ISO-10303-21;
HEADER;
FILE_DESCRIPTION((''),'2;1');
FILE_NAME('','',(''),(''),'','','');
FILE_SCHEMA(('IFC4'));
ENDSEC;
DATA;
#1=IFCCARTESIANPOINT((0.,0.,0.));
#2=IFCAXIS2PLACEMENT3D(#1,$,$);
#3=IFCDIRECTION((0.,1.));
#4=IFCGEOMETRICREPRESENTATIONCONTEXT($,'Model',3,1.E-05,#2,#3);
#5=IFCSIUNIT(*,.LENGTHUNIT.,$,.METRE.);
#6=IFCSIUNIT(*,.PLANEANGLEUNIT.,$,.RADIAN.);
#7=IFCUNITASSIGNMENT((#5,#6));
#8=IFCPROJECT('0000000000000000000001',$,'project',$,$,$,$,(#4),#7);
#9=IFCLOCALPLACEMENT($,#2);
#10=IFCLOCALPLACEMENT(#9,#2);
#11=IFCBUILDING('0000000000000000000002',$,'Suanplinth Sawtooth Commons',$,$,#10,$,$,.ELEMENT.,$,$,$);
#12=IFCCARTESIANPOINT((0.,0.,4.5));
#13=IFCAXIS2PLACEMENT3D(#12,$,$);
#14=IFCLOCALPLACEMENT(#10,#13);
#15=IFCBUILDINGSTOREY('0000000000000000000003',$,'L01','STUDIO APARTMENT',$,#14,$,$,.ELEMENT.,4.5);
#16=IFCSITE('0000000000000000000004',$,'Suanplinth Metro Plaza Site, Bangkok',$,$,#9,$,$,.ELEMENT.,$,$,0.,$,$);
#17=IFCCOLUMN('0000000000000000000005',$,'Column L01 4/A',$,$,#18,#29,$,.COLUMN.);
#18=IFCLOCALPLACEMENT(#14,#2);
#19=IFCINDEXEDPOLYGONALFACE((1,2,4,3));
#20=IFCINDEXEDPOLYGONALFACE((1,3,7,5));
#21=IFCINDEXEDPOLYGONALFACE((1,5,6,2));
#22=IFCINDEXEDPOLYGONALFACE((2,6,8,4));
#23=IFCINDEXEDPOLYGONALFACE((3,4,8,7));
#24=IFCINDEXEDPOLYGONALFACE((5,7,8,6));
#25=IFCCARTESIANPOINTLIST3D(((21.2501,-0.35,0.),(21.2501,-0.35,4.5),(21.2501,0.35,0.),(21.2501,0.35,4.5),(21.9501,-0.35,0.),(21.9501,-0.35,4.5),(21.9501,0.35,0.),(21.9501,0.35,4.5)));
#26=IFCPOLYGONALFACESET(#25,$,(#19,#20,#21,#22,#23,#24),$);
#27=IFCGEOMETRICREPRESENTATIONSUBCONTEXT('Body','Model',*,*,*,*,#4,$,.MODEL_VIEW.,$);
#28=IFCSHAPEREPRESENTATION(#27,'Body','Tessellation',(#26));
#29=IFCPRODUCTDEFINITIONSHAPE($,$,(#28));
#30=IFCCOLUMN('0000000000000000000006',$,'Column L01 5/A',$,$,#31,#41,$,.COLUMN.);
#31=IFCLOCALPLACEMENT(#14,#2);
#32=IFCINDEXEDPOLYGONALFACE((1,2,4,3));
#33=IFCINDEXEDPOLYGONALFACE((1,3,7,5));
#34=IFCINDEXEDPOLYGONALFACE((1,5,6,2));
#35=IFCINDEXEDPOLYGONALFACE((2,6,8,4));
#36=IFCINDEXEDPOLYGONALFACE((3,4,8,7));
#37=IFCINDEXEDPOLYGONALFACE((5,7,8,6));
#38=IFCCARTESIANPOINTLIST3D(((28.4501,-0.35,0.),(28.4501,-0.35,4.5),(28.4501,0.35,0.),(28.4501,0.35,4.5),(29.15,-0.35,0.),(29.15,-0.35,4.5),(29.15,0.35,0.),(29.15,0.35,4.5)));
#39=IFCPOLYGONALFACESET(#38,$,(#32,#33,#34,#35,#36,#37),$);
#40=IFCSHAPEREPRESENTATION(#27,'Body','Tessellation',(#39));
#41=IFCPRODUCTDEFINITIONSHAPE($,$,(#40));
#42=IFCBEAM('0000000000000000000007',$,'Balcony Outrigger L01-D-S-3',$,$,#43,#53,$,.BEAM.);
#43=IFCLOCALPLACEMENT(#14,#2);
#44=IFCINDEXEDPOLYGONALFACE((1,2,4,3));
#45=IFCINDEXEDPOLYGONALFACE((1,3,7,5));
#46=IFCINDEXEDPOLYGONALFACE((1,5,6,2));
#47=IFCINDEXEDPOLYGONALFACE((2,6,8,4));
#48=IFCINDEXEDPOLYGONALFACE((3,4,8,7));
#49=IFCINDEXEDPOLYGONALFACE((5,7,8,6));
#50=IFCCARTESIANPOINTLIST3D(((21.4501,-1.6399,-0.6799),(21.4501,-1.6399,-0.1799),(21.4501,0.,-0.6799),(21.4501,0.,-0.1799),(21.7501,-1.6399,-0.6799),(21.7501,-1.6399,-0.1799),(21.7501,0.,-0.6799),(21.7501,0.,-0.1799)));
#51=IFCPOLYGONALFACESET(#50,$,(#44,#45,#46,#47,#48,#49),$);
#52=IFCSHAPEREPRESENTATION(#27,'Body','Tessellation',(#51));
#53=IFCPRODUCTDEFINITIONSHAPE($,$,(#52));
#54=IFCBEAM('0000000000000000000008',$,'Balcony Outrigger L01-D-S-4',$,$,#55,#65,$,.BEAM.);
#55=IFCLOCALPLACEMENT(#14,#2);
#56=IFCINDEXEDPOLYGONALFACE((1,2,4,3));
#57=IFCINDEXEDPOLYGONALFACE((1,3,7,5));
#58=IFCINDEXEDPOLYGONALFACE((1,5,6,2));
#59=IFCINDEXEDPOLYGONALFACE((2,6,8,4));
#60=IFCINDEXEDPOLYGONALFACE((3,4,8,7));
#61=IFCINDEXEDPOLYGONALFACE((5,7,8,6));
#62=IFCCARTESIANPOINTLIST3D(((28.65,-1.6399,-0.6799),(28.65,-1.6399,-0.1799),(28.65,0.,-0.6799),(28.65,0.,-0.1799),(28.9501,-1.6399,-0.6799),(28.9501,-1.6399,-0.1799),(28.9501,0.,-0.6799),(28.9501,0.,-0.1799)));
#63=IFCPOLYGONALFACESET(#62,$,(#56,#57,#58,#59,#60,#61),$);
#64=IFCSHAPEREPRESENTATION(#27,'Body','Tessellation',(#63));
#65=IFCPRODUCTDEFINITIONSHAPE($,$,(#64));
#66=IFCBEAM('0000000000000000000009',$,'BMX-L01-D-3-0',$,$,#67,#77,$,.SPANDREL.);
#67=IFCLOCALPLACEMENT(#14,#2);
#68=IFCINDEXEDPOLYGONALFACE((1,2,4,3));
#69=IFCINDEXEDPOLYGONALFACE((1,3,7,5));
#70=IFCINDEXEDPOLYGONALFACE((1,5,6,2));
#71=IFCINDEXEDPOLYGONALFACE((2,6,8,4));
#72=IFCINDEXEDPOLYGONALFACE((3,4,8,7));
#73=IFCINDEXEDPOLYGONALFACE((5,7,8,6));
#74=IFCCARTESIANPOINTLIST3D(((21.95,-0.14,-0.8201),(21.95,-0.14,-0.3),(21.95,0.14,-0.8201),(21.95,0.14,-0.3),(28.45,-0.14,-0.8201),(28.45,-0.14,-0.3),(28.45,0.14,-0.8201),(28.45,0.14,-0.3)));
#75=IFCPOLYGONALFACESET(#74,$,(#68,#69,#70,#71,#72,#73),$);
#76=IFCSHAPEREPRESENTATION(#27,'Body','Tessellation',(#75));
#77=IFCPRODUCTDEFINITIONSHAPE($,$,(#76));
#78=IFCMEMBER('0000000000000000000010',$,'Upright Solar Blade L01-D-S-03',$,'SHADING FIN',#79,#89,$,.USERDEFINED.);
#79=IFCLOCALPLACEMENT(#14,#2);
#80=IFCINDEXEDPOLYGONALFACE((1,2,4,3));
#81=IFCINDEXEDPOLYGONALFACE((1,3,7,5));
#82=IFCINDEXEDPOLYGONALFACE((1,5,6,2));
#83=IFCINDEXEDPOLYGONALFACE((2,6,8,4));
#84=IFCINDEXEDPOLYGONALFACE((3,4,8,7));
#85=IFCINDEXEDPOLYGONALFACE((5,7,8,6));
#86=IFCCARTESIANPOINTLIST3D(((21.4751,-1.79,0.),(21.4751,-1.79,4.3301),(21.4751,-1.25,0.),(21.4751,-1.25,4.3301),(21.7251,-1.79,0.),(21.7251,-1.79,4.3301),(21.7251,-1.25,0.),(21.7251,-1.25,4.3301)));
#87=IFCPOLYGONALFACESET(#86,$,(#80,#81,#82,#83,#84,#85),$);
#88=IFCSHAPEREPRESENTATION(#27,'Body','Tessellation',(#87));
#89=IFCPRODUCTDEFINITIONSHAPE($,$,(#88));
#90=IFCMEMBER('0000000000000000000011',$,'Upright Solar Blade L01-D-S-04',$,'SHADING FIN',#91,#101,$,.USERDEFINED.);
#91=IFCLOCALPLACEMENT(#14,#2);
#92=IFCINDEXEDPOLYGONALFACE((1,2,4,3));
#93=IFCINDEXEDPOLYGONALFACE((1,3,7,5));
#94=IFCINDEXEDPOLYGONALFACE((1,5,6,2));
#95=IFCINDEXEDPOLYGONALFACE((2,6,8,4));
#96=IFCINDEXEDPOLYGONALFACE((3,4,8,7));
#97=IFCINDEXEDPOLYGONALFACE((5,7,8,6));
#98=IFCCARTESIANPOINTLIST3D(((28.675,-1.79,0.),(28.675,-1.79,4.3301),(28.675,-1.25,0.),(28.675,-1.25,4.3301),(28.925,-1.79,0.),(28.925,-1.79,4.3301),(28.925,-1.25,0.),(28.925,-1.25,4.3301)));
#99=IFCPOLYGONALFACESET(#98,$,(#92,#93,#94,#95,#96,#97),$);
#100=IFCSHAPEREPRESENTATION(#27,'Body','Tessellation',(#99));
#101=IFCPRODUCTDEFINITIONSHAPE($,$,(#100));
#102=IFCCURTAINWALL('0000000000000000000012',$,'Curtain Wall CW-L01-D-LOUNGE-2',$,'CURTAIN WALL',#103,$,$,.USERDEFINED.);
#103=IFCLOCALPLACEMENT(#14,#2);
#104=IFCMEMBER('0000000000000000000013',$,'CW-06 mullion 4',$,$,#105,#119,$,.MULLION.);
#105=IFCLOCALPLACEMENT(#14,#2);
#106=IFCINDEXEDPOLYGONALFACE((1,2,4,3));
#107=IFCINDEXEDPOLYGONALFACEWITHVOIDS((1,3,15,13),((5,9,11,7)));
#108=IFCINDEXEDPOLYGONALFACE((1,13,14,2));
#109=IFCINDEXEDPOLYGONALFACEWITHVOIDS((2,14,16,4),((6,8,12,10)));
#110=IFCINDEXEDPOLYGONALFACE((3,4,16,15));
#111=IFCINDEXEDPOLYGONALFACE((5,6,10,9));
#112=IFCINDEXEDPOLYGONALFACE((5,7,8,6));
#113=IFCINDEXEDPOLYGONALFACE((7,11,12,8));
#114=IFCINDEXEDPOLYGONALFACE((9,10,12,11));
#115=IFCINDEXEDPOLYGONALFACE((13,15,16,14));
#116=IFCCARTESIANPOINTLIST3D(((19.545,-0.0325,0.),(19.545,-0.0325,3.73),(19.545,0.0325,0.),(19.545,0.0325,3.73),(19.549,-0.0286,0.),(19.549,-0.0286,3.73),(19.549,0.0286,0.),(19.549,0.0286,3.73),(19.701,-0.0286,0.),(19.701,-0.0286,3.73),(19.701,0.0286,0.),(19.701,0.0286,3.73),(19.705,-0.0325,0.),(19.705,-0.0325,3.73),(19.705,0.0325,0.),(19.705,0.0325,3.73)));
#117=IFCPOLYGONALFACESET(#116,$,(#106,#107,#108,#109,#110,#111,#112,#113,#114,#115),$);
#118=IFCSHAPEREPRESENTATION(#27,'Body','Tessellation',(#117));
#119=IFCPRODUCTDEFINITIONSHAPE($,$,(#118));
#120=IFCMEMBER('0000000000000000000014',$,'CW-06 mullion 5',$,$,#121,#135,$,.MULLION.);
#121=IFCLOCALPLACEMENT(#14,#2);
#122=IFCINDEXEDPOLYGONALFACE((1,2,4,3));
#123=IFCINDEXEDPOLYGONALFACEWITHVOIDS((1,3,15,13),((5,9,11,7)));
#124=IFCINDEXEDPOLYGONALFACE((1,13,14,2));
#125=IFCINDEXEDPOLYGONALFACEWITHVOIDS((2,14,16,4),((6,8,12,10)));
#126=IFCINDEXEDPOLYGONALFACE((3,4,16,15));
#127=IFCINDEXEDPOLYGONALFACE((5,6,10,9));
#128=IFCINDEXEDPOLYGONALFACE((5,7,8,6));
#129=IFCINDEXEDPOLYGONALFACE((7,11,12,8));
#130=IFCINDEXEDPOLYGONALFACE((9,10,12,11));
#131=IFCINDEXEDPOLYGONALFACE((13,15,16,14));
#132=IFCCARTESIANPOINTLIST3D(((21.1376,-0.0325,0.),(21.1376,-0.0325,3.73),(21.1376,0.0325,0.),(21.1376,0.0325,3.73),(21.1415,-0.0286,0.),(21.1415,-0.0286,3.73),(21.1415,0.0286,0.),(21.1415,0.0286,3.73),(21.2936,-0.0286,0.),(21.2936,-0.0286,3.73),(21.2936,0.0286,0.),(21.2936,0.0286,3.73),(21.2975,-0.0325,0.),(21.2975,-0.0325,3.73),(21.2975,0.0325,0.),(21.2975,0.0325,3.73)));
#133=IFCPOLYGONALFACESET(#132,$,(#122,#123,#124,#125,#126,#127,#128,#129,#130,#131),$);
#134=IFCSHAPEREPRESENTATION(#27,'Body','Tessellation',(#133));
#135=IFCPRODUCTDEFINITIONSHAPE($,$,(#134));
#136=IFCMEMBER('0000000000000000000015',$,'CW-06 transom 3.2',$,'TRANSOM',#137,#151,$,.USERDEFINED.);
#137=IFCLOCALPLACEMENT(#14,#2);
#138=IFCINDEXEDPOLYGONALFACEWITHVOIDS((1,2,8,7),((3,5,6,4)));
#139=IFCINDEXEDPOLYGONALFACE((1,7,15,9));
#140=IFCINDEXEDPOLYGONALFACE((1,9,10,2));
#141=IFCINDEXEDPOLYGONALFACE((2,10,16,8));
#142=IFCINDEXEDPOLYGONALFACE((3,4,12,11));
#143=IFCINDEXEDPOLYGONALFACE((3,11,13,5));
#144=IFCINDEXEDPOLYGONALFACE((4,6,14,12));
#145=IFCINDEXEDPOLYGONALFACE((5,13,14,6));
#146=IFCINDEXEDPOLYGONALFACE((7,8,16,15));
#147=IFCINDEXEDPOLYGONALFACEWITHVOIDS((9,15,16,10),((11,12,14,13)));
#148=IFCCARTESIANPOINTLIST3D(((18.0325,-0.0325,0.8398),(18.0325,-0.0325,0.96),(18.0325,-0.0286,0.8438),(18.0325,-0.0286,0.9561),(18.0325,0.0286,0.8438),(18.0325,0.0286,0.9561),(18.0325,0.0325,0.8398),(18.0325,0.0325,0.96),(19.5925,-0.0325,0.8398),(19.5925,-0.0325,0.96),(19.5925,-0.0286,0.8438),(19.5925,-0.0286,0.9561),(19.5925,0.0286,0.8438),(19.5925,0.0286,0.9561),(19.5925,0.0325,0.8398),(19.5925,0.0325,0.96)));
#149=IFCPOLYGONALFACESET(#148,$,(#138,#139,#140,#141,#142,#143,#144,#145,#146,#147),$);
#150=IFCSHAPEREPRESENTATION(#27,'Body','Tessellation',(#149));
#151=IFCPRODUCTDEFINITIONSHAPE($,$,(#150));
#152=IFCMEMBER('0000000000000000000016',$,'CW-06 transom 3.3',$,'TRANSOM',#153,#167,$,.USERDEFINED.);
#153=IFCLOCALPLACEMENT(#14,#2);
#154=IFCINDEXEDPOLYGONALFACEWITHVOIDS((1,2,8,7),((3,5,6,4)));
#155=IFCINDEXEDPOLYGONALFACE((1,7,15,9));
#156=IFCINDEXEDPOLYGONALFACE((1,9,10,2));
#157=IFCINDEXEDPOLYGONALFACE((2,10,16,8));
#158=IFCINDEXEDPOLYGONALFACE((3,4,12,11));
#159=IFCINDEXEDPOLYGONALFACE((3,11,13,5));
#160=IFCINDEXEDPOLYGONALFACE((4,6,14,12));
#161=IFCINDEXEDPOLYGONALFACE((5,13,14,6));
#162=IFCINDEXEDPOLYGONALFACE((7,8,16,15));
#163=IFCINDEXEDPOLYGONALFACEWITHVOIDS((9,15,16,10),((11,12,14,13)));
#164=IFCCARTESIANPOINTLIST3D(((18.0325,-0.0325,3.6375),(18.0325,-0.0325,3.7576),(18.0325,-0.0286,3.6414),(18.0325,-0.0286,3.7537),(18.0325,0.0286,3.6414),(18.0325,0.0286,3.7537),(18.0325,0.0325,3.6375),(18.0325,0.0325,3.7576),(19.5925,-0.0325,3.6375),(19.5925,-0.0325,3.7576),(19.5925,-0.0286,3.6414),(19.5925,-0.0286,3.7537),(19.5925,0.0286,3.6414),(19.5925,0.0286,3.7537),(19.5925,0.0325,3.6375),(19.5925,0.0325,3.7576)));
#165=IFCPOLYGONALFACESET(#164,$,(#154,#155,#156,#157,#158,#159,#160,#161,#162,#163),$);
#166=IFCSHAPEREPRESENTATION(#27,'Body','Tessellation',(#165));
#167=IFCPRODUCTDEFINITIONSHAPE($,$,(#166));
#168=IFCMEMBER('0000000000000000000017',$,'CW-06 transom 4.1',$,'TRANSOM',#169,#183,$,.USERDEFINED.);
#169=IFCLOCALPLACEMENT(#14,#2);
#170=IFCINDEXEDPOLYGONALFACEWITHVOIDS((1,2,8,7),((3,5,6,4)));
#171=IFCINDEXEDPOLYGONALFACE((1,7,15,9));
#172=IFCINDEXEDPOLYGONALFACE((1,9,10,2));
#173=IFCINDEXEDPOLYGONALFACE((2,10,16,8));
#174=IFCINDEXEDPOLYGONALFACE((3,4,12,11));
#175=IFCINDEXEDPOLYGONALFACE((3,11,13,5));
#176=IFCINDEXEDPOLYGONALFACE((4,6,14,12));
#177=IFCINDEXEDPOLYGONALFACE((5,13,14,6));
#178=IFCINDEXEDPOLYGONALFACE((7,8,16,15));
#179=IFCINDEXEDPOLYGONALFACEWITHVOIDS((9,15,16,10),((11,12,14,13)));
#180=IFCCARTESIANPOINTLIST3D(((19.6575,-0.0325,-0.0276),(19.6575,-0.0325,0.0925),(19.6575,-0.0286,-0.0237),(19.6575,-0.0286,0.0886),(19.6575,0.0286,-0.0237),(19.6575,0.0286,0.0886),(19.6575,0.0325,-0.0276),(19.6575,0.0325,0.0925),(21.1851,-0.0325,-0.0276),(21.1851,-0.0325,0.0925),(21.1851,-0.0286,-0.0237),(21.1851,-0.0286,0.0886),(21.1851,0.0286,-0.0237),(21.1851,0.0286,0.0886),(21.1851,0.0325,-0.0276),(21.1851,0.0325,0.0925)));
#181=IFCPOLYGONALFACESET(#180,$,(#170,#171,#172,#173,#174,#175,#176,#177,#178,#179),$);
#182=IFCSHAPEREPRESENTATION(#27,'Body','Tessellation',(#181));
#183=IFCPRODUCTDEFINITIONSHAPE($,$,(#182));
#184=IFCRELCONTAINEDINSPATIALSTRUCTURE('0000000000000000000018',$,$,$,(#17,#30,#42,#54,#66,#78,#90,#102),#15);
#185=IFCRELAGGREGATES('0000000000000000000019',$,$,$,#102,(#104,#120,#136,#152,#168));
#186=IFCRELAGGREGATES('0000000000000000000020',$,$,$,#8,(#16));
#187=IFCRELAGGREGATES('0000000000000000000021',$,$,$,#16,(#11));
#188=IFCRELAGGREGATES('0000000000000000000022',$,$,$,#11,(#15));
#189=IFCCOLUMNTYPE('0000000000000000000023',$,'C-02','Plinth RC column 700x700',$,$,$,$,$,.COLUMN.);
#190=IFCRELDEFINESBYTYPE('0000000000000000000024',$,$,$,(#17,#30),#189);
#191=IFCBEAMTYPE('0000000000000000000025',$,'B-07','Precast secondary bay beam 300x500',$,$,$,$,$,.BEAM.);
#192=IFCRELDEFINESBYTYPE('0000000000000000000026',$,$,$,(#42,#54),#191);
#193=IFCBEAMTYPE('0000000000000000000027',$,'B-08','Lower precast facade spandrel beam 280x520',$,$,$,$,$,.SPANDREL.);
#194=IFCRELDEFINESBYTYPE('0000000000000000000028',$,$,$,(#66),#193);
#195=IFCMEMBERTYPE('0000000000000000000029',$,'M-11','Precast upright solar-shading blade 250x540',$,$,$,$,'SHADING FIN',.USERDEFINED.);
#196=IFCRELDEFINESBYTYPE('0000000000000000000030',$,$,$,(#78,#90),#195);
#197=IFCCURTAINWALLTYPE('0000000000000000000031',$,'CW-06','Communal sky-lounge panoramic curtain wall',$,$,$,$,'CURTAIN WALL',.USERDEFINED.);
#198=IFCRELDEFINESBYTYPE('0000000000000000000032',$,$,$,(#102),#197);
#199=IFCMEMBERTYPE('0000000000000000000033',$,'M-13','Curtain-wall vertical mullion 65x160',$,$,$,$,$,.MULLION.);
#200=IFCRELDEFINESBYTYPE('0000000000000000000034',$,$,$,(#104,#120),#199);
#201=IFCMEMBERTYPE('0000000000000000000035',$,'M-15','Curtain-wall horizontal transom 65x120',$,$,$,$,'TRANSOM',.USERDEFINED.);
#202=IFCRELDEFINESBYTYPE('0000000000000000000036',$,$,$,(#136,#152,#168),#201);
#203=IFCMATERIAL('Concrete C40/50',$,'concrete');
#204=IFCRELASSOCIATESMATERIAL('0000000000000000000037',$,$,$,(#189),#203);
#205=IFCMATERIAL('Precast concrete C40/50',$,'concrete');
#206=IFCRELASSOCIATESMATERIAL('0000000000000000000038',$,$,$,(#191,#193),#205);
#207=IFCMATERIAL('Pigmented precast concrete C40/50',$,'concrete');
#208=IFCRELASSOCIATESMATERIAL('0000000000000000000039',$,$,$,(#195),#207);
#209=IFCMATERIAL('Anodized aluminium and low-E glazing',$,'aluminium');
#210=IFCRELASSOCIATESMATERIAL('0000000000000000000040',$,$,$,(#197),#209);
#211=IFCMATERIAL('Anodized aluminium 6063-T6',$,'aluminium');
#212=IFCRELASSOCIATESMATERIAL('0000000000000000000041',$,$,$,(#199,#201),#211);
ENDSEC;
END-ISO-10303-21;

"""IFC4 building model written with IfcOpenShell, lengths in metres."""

from ifc_helpers import new_model, si_unit, direction, frame, origin, origin_2d, place, context, subcontext, project, spatial, rectangle, hollow_rectangle, extrude, material, material_profile, profile_set, type_object, element, aggregate, save


model = new_model("IFC4")

# Units and contexts
model_context = context("Model", 3, precision=1e-05, world=origin(), true_north=direction((0.0, 1.0)))
body_context = subcontext(model_context, "Body", "Model", "MODEL_VIEW")
ifc_project = project(units=[si_unit("LENGTHUNIT", "METRE"), si_unit("PLANEANGLEUNIT", "RADIAN")], contexts=[model_context])

# Site, building, storey
site_placement = place(None, origin())
site = spatial("IfcSite", under=ifc_project, at=site_placement, Name="Suanplinth Metro Plaza Site, Bangkok", CompositionType="ELEMENT", RefElevation=0.0)
building_placement = place(site_placement, origin())
building = spatial("IfcBuilding", under=site, at=building_placement, Name="Suanplinth Sawtooth Commons", CompositionType="ELEMENT")
storey_placement = place(building_placement, frame((0.0, 0.0, 4.5)))
storey = spatial("IfcBuildingStorey", under=building, at=storey_placement, Name="L01", Description="STUDIO APARTMENT", CompositionType="ELEMENT", Elevation=4.5)

# Columns
ifc_material_1 = material(Name="Concrete C40/50", Category="concrete")
ifc_material_profile_1 = material_profile(ifc_material_1, rectangle(XDim=0.7, YDim=0.7, at=origin_2d()), Name="RC-COL 700x700")
ifc_profile_set_1 = profile_set([ifc_material_profile_1], Name="Concrete C40/50")
column_type = type_object("IfcColumnType", Name="C-02", Description="Plinth RC column 700x700", PredefinedType="COLUMN", material=ifc_profile_set_1)
for number, where, z_axis, x_axis, name in (
    (1, (21.6001, 0.0, 0.0), (0.0, 0.0, 1.0), (1.0, 0.0, 0.0), "Column L01 4/A"),
    (2, (28.8, 0.0, 0.0), (0.0, 0.0, 1.0), (1.0, 0.0, 0.0), "Column L01 5/A"),
):
    element("IfcColumn", number, at=place(storey_placement, frame(where, z_axis=z_axis, x_axis=x_axis)), inside=storey, type_object=column_type, Name=name, PredefinedType="COLUMN", context=body_context, shape_type="SweptSolid", body=[
        extrude(rectangle(XDim=0.7, YDim=0.7, at=origin_2d()), origin(), (0.0, 0.0, 1.0), 4.5),
    ])

# Beams
ifc_material_2 = material(Name="Precast concrete C40/50", Category="concrete")
ifc_material_profile_2 = material_profile(ifc_material_2, rectangle(XDim=0.3, YDim=0.5, at=origin_2d()), Name="PC-BM 300x500")
ifc_profile_set_2 = profile_set([ifc_material_profile_2], Name="Precast concrete C40/50")
beam_type_1 = type_object("IfcBeamType", Name="B-07", Description="Precast secondary bay beam 300x500", PredefinedType="BEAM", material=ifc_profile_set_2)
for number, where, z_axis, x_axis, name in (
    (3, (21.6001, 0.0, -0.4299), (0.0, -1.0, 0.0), (1.0, 0.0, 0.0), "Balcony Outrigger L01-D-S-3"),
    (4, (28.8, 0.0, -0.4299), (0.0, -1.0, 0.0), (1.0, 0.0, 0.0), "Balcony Outrigger L01-D-S-4"),
):
    element("IfcBeam", number, at=place(storey_placement, frame(where, z_axis=z_axis, x_axis=x_axis)), inside=storey, type_object=beam_type_1, Name=name, PredefinedType="BEAM", context=body_context, shape_type="SweptSolid", body=[
        extrude(rectangle(XDim=0.3, YDim=0.5, at=origin_2d()), origin(), (0.0, 0.0, 1.0), 1.6399),
    ])
ifc_material_profile_3 = material_profile(ifc_material_2, rectangle(XDim=0.28, YDim=0.52, at=origin_2d()), Name="PC-SP 280x520")
ifc_profile_set_3 = profile_set([ifc_material_profile_3], Name="Precast concrete C40/50")
beam_type_2 = type_object("IfcBeamType", Name="B-08", Description="Lower precast facade spandrel beam 280x520", PredefinedType="SPANDREL", material=ifc_profile_set_3)
beam_placement = place(storey_placement, frame((21.95, 0.0, -0.5601), z_axis=(1.0, 0.0, 0.0), x_axis=(0.0, 1.0, 0.0)))
element("IfcBeam", 5, at=beam_placement, inside=storey, type_object=beam_type_2, Name="BMX-L01-D-3-0", PredefinedType="SPANDREL", context=body_context, shape_type="SweptSolid", body=[
    extrude(rectangle(XDim=0.28, YDim=0.52, at=origin_2d()), origin(), (0.0, 0.0, 1.0), 6.5),
])

# Members
ifc_material_3 = material(Name="Pigmented precast concrete C40/50", Category="concrete")
ifc_material_profile_4 = material_profile(ifc_material_3, rectangle(XDim=0.25, YDim=0.54, at=origin_2d()), Name="PC-FIN 250x540")
ifc_profile_set_4 = profile_set([ifc_material_profile_4], Name="Pigmented precast concrete C40/50")
member_type_1 = type_object("IfcMemberType", Name="M-11", Description="Precast upright solar-shading blade 250x540", ElementType="SHADING FIN", PredefinedType="USERDEFINED", material=ifc_profile_set_4)
for number, where, z_axis, x_axis, name in (
    (6, (21.6001, -1.52, 0.0), (0.0, 0.0, 1.0), (1.0, 0.0, 0.0), "Upright Solar Blade L01-D-S-03"),
    (7, (28.8, -1.52, 0.0), (0.0, 0.0, 1.0), (1.0, 0.0, 0.0), "Upright Solar Blade L01-D-S-04"),
):
    element("IfcMember", number, at=place(storey_placement, frame(where, z_axis=z_axis, x_axis=x_axis)), inside=storey, type_object=member_type_1, Name=name, ObjectType="SHADING FIN", PredefinedType="USERDEFINED", context=body_context, shape_type="SweptSolid", body=[
        extrude(rectangle(XDim=0.25, YDim=0.54, at=origin_2d()), origin(), (0.0, 0.0, 1.0), 4.3301),
    ])

# Curtain wall, members
ifc_material_4 = material(Name="Anodized aluminium and low-E glazing", Category="aluminium")
curtain_wall_type = type_object("IfcCurtainWallType", Name="CW-06", Description="Communal sky-lounge panoramic curtain wall", ElementType="CURTAIN WALL", PredefinedType="USERDEFINED", material=ifc_material_4)
curtain_wall_placement = place(storey_placement, origin())
curtain_wall = element("IfcCurtainWall", 8, at=curtain_wall_placement, inside=storey, type_object=curtain_wall_type, Name="Curtain Wall CW-L01-D-LOUNGE-2", ObjectType="CURTAIN WALL", PredefinedType="USERDEFINED")
ifc_material_5 = material(Name="Anodized aluminium 6063-T6", Category="aluminium")
ifc_material_profile_5 = material_profile(ifc_material_5, hollow_rectangle(XDim=0.0649, YDim=0.1599, WallThickness=0.0039, at=origin_2d()), Name="ALU-MUL 65x160")
ifc_profile_set_5 = profile_set([ifc_material_profile_5], Name="Anodized aluminium 6063-T6")
member_type_2 = type_object("IfcMemberType", Name="M-13", Description="Curtain-wall vertical mullion 65x160", PredefinedType="MULLION", material=ifc_profile_set_5)
member_1_placement = place(storey_placement, frame((19.625, 0.0, 0.0), z_axis=(0.0, 0.0, 1.0), x_axis=(0.0, 1.0, 0.0)))
member_1 = element("IfcMember", 9, at=member_1_placement, type_object=member_type_2, Name="CW-06 mullion 4", PredefinedType="MULLION", context=body_context, shape_type="SweptSolid", body=[
    extrude(hollow_rectangle(XDim=0.0649, YDim=0.1599, WallThickness=0.0039, at=origin_2d()), origin(), (0.0, 0.0, 1.0), 3.73),
])
member_2_placement = place(storey_placement, frame((21.2175, 0.0, 0.0), z_axis=(0.0, 0.0, 1.0), x_axis=(0.0, 1.0, 0.0)))
member_2 = element("IfcMember", 10, at=member_2_placement, type_object=member_type_2, Name="CW-06 mullion 5", PredefinedType="MULLION", context=body_context, shape_type="SweptSolid", body=[
    extrude(hollow_rectangle(XDim=0.0649, YDim=0.1599, WallThickness=0.0039, at=origin_2d()), origin(), (0.0, 0.0, 1.0), 3.73),
])
ifc_material_profile_6 = material_profile(ifc_material_5, hollow_rectangle(XDim=0.0649, YDim=0.1201, WallThickness=0.0039, at=origin_2d()), Name="ALU-TRN 65x120")
ifc_profile_set_6 = profile_set([ifc_material_profile_6], Name="Anodized aluminium 6063-T6")
member_type_3 = type_object("IfcMemberType", Name="M-15", Description="Curtain-wall horizontal transom 65x120", ElementType="TRANSOM", PredefinedType="USERDEFINED", material=ifc_profile_set_6)
member_3_placement = place(storey_placement, frame((18.0325, 0.0, 0.8999), z_axis=(1.0, 0.0, 0.0), x_axis=(0.0, 1.0, 0.0)))
member_3 = element("IfcMember", 11, at=member_3_placement, type_object=member_type_3, Name="CW-06 transom 3.2", ObjectType="TRANSOM", PredefinedType="USERDEFINED", context=body_context, shape_type="SweptSolid", body=[
    extrude(hollow_rectangle(XDim=0.0649, YDim=0.1201, WallThickness=0.0039, at=origin_2d()), origin(), (0.0, 0.0, 1.0), 1.5601),
])
member_4_placement = place(storey_placement, frame((18.0325, 0.0, 3.6975), z_axis=(1.0, 0.0, 0.0), x_axis=(0.0, 1.0, 0.0)))
member_4 = element("IfcMember", 12, at=member_4_placement, type_object=member_type_3, Name="CW-06 transom 3.3", ObjectType="TRANSOM", PredefinedType="USERDEFINED", context=body_context, shape_type="SweptSolid", body=[
    extrude(hollow_rectangle(XDim=0.0649, YDim=0.1201, WallThickness=0.0039, at=origin_2d()), origin(), (0.0, 0.0, 1.0), 1.5601),
])
member_5_placement = place(storey_placement, frame((19.6575, 0.0, 0.0325), z_axis=(1.0, 0.0, 0.0), x_axis=(0.0, 1.0, 0.0)))
member_5 = element("IfcMember", 13, at=member_5_placement, type_object=member_type_3, Name="CW-06 transom 4.1", ObjectType="TRANSOM", PredefinedType="USERDEFINED", context=body_context, shape_type="SweptSolid", body=[
    extrude(hollow_rectangle(XDim=0.0649, YDim=0.1201, WallThickness=0.0039, at=origin_2d()), origin(), (0.0, 0.0, 1.0), 1.5276),
])
aggregate(curtain_wall, [member_1, member_2, member_3, member_4, member_5])

save(model, "model.ifc")
